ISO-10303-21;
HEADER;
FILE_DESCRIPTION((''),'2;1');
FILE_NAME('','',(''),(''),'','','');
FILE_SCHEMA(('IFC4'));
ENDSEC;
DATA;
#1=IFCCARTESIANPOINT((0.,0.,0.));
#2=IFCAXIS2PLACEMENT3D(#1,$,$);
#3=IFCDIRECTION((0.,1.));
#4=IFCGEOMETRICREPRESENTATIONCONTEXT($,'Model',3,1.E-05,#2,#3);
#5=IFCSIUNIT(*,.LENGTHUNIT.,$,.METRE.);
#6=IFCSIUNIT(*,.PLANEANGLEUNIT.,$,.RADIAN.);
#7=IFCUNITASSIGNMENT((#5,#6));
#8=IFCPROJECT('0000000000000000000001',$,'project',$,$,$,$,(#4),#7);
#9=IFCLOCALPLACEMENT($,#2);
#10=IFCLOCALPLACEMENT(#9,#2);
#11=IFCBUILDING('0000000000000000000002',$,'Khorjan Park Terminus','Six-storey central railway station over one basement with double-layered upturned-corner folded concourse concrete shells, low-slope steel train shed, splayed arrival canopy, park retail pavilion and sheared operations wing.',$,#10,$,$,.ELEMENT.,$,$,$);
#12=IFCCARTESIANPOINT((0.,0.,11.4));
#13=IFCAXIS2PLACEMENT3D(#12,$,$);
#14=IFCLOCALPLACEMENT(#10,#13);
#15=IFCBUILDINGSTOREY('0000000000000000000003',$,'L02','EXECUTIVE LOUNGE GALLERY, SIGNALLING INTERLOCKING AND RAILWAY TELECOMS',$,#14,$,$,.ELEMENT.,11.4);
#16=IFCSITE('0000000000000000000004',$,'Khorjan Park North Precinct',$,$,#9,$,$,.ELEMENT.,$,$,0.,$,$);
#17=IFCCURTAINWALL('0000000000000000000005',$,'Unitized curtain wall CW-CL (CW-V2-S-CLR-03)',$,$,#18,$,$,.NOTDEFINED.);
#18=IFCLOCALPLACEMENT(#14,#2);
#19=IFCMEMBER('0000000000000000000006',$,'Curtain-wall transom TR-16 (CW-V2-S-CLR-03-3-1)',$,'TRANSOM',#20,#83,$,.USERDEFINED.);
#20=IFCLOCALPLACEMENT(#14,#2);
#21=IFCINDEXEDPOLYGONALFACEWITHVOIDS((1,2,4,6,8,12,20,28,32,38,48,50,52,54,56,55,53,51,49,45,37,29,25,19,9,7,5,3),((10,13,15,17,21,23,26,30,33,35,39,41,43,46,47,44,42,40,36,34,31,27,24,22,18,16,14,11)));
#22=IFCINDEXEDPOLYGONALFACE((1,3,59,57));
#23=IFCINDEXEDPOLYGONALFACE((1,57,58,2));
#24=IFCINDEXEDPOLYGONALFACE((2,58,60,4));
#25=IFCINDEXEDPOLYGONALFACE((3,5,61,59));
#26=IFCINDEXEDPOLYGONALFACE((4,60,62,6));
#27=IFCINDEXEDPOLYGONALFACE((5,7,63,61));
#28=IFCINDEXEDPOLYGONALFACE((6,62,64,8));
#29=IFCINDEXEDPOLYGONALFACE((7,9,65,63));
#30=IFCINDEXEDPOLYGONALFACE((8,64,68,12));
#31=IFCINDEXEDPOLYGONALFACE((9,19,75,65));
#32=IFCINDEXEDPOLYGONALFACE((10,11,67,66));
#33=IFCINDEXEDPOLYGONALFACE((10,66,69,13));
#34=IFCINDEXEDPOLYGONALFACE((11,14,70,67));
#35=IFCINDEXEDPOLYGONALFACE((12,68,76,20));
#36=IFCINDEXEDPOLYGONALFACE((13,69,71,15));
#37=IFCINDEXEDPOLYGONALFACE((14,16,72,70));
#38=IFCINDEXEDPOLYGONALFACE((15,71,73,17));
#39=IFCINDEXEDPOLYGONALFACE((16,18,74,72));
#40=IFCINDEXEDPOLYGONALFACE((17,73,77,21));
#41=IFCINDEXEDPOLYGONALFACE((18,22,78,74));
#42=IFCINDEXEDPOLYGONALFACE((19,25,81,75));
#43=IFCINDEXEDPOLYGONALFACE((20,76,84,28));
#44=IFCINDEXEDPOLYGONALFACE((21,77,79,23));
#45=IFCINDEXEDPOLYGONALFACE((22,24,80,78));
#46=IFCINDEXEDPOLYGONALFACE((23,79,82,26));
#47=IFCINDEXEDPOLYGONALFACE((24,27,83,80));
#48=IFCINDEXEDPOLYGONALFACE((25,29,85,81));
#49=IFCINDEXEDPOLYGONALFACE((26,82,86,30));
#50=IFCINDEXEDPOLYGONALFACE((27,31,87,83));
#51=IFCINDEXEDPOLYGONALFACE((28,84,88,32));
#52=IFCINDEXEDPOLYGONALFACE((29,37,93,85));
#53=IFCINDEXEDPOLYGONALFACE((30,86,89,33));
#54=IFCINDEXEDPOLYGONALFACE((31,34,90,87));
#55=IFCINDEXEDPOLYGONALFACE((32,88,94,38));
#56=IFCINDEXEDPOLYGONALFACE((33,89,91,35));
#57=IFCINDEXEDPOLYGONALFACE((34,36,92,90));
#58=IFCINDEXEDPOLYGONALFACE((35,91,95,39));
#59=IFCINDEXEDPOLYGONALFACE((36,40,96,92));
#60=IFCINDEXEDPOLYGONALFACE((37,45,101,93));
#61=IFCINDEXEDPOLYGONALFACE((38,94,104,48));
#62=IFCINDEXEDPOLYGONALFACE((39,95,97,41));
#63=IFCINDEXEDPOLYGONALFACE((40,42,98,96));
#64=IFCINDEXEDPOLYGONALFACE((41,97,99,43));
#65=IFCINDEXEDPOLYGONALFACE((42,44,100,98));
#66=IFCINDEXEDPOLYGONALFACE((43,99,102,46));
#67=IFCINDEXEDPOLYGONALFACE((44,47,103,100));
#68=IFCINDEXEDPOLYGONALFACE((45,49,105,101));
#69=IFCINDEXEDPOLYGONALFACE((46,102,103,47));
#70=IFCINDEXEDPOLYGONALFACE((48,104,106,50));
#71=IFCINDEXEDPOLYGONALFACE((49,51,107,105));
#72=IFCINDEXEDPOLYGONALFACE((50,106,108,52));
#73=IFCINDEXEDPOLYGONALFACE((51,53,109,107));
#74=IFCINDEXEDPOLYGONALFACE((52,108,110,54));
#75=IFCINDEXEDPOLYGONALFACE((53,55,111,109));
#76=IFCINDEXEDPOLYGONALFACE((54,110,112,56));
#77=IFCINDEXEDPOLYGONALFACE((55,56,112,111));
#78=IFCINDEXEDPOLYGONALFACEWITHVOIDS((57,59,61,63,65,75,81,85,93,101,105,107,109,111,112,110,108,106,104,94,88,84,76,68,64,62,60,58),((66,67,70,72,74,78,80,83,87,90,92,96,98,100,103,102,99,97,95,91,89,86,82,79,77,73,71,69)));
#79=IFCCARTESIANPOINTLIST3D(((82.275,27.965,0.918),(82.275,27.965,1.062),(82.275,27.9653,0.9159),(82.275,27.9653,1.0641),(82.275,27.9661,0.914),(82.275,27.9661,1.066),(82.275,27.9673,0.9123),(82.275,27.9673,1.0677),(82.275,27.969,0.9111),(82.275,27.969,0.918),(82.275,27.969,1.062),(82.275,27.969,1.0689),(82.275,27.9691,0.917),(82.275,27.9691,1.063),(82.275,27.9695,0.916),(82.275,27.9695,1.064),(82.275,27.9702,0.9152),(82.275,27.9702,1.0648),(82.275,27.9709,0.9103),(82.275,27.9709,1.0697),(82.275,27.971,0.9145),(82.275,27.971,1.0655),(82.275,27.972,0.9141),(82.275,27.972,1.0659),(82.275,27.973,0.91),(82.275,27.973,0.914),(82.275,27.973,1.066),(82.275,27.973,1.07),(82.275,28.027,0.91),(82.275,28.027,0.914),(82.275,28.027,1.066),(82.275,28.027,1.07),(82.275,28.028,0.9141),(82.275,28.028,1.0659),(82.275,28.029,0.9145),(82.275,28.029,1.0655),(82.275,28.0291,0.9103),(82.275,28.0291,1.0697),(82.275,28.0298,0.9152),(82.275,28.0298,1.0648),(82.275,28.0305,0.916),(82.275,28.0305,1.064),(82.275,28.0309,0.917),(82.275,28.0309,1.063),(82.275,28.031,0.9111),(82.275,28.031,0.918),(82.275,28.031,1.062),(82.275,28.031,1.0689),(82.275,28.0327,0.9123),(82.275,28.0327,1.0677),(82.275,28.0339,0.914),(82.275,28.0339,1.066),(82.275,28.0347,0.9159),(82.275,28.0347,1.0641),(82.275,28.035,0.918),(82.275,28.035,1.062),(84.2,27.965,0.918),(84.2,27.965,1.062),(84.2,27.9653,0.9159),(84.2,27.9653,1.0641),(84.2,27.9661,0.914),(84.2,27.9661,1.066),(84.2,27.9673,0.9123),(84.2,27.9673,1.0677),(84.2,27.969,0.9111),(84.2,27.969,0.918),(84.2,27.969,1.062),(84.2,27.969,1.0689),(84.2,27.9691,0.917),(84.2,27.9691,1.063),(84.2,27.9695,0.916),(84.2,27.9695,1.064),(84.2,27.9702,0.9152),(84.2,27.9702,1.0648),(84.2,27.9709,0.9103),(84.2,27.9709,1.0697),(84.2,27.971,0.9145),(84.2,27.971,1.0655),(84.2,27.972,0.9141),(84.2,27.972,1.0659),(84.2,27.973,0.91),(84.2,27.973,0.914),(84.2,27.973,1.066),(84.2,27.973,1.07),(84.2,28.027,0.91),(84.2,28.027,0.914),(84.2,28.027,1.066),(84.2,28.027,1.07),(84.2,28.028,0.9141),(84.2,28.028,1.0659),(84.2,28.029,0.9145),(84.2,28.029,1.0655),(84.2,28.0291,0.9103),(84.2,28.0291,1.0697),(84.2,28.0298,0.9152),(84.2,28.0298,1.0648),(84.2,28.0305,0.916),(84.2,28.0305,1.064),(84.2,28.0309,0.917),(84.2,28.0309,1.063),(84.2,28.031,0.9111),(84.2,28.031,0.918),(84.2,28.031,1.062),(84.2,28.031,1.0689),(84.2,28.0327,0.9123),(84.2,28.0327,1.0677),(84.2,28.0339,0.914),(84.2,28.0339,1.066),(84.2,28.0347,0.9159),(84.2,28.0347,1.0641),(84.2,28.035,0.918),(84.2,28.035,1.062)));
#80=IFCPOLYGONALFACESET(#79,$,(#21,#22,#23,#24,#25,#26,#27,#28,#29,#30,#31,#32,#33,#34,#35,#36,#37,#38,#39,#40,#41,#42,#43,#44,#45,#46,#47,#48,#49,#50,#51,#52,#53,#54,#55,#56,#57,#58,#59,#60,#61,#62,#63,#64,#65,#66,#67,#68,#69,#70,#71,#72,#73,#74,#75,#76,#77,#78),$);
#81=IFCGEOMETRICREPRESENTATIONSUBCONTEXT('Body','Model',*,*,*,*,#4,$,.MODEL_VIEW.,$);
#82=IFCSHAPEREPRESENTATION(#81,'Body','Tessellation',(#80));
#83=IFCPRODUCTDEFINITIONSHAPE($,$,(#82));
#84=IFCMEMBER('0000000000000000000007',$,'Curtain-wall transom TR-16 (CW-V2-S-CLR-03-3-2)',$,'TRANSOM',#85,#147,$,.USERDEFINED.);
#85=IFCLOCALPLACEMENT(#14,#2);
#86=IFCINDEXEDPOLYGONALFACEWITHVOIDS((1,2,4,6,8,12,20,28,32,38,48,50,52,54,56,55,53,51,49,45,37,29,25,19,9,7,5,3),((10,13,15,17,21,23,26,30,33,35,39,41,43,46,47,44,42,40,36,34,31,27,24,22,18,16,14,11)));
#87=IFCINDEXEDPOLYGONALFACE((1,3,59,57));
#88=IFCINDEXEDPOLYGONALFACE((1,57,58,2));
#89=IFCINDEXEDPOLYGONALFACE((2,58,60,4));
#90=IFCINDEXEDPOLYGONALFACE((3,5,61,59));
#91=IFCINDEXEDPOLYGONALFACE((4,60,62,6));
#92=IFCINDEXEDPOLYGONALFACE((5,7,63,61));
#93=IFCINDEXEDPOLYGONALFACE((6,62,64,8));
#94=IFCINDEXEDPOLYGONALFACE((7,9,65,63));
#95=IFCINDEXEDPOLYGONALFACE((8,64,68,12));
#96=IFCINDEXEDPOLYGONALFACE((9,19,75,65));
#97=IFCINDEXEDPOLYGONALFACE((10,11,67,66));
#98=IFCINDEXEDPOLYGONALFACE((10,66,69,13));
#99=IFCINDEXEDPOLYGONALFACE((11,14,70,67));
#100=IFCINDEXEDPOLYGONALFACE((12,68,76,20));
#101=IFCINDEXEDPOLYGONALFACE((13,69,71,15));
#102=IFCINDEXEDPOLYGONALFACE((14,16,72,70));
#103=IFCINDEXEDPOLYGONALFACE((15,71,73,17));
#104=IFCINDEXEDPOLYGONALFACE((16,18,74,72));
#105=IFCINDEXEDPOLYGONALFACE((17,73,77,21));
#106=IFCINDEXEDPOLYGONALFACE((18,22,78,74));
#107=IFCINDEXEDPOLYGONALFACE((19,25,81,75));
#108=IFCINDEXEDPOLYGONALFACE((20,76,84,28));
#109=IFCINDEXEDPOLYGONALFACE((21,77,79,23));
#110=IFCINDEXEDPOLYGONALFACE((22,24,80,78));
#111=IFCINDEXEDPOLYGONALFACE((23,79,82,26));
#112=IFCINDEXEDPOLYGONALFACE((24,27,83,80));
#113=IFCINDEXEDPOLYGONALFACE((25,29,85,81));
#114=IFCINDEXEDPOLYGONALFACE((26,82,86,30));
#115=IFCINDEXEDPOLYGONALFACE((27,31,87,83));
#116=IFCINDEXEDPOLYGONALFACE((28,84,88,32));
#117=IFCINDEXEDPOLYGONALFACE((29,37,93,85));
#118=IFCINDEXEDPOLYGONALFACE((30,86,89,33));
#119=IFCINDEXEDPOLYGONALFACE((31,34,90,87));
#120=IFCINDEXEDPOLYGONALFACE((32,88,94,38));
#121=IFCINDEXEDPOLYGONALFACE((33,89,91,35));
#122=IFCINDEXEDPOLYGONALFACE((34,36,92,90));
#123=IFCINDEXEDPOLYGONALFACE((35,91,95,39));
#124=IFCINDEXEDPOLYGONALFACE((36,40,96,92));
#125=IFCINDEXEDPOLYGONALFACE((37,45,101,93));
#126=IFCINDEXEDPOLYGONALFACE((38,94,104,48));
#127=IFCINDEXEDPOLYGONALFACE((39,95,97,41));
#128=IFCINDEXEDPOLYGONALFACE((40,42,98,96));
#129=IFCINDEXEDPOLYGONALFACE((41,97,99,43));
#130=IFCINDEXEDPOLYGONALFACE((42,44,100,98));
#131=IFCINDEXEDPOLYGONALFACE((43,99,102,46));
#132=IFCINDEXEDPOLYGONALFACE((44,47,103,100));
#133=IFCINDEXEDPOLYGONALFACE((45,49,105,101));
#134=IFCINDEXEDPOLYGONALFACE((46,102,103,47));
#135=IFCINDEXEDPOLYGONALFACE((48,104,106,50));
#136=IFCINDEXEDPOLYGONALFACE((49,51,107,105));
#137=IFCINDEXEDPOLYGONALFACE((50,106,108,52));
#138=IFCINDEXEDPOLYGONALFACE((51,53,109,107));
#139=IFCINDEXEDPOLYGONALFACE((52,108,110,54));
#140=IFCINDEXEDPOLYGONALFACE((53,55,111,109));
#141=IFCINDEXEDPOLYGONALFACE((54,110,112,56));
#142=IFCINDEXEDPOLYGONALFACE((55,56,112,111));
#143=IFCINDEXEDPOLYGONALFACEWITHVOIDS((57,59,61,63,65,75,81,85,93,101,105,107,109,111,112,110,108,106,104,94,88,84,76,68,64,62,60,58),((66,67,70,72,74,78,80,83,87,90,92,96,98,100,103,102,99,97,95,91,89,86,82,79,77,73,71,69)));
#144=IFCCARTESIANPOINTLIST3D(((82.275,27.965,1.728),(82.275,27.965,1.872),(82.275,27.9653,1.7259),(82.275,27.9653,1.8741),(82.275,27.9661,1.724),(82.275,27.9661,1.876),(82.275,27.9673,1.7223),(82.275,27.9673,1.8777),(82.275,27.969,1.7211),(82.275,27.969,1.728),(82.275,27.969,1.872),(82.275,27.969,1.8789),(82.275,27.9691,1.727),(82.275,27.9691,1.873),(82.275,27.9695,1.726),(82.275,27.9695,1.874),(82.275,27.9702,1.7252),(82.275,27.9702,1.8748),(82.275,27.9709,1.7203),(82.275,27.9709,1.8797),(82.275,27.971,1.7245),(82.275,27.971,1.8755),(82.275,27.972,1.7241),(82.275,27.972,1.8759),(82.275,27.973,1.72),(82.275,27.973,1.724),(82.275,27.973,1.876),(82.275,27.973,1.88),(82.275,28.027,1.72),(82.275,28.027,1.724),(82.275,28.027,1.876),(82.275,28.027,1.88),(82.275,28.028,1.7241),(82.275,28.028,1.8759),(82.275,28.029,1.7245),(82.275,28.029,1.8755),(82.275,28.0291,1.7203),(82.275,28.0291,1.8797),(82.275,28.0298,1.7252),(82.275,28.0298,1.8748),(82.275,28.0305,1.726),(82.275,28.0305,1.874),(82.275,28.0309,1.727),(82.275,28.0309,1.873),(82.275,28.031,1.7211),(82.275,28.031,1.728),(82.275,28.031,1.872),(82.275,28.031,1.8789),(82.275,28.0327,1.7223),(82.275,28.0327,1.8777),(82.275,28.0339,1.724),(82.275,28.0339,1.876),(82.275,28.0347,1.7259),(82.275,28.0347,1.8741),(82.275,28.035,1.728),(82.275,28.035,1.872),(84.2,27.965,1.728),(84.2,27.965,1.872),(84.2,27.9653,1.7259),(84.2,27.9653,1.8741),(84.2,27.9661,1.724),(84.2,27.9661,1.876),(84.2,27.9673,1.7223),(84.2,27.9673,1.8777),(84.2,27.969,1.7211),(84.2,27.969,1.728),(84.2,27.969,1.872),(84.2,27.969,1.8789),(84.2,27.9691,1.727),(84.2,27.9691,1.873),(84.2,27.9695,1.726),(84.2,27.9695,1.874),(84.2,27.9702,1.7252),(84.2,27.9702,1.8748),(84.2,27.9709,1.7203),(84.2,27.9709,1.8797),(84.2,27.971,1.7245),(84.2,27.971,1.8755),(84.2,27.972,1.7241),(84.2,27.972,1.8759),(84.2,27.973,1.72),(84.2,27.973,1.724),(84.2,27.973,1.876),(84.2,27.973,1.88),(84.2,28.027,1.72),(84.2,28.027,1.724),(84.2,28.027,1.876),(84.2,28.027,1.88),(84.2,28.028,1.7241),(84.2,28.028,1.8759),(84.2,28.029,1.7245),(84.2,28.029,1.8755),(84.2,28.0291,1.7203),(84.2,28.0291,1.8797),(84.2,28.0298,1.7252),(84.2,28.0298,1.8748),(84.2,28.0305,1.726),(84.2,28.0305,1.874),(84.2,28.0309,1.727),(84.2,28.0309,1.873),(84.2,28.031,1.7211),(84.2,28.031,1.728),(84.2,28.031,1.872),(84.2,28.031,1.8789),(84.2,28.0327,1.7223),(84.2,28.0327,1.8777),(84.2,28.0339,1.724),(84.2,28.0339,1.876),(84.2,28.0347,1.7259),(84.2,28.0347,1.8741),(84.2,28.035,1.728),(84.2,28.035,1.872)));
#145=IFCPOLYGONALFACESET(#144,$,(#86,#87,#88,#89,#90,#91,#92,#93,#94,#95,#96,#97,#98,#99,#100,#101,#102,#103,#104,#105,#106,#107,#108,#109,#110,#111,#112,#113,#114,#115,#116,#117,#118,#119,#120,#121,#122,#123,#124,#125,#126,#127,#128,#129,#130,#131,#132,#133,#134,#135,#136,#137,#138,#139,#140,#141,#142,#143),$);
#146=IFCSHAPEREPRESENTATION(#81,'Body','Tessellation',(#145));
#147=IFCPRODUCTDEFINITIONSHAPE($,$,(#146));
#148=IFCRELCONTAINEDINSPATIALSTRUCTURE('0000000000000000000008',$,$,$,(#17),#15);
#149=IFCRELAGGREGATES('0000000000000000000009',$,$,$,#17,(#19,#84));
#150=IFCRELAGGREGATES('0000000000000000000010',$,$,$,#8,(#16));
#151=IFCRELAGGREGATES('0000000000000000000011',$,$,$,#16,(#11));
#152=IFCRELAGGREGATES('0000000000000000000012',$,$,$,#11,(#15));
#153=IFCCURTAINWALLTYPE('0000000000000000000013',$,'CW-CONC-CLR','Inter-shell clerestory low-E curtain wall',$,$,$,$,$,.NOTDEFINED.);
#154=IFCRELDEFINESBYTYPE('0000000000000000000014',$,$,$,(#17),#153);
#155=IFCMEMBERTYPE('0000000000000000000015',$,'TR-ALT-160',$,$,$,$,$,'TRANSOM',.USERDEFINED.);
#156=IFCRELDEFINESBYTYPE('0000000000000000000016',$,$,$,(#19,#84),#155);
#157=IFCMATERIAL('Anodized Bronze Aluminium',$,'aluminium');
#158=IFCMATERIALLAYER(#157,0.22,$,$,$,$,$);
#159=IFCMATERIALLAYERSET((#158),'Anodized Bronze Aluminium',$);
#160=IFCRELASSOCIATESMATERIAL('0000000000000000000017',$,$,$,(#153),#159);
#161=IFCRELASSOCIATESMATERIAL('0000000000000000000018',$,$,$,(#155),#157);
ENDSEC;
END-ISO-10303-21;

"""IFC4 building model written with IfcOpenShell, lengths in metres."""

from ifc_helpers import new_model, si_unit, direction, frame, origin, origin_2d, place, context, subcontext, project, spatial, hollow_rectangle, extrude, material, layer, layer_set, material_profile, profile_set, type_object, element, aggregate, save


model = new_model("IFC4")

# Units and contexts
model_context = context("Model", 3, precision=1e-05, world=origin(), true_north=direction((0.0, 1.0)))
body_context = subcontext(model_context, "Body", "Model", "MODEL_VIEW")
ifc_project = project(units=[si_unit("LENGTHUNIT", "METRE"), si_unit("PLANEANGLEUNIT", "RADIAN")], contexts=[model_context])

# Site, building, storey
site_placement = place(None, origin())
site = spatial("IfcSite", under=ifc_project, at=site_placement, Name="Khorjan Park North Precinct", CompositionType="ELEMENT", RefElevation=0.0)
building_placement = place(site_placement, origin())
building = spatial("IfcBuilding", under=site, at=building_placement, Name="Khorjan Park Terminus", Description="Six-storey central railway station over one basement with double-layered upturned-corner folded concourse concrete shells, low-slope steel train shed, splayed arrival canopy, park retail pavilion and sheared operations wing.", CompositionType="ELEMENT")
storey_placement = place(building_placement, frame((0.0, 0.0, 11.4)))
storey = spatial("IfcBuildingStorey", under=building, at=storey_placement, Name="L02", Description="EXECUTIVE LOUNGE GALLERY, SIGNALLING INTERLOCKING AND RAILWAY TELECOMS", CompositionType="ELEMENT", Elevation=11.4)

# Curtain wall
ifc_material_1 = material(Name="Anodized Bronze Aluminium", Category="aluminium")
ifc_layer_1 = layer(ifc_material_1, 0.22)
ifc_layer_set_1 = layer_set([ifc_layer_1], Name="Anodized Bronze Aluminium")
curtain_wall_type = type_object("IfcCurtainWallType", Name="CW-CONC-CLR", Description="Inter-shell clerestory low-E curtain wall", PredefinedType="NOTDEFINED", material=ifc_layer_set_1)
curtain_wall_1_placement = place(storey_placement, origin())
curtain_wall_1 = element("IfcCurtainWall", 1, at=curtain_wall_1_placement, inside=storey, type_object=curtain_wall_type, Name="Unitized curtain wall CW-CL (CW-V2-S-CLR-03)", PredefinedType="NOTDEFINED")

# Members
ifc_material_profile_1 = material_profile(ifc_material_1, hollow_rectangle(XDim=0.07, YDim=0.16, WallThickness=0.004, InnerFilletRadius=0.004, OuterFilletRadius=0.008, at=origin_2d()), Name="ALT 70x160x4")
ifc_profile_set_1 = profile_set([ifc_material_profile_1], Name="Anodized Bronze Aluminium")
member_type_1 = type_object("IfcMemberType", Name="TR-ALT-160", ElementType="TRANSOM", PredefinedType="USERDEFINED", material=ifc_profile_set_1)
member_1_placement = place(storey_placement, frame((82.275, 28.0, 0.99), z_axis=(1.0, 0.0, 0.0), x_axis=(0.0, 1.0, 0.0)))
member_1 = element("IfcMember", 2, at=member_1_placement, type_object=member_type_1, Name="Curtain-wall transom TR-16 (CW-V2-S-CLR-03-3-1)", ObjectType="TRANSOM", PredefinedType="USERDEFINED", context=body_context, shape_type="SweptSolid", body=[
    extrude(hollow_rectangle(XDim=0.07, YDim=0.16, WallThickness=0.004, InnerFilletRadius=0.004, OuterFilletRadius=0.008, at=origin_2d()), origin(), (0.0, 0.0, 1.0), 1.925),
])
member_2_placement = place(storey_placement, frame((82.275, 28.0, 1.8), z_axis=(1.0, 0.0, 0.0), x_axis=(0.0, 1.0, 0.0)))
member_2 = element("IfcMember", 3, at=member_2_placement, type_object=member_type_1, Name="Curtain-wall transom TR-16 (CW-V2-S-CLR-03-3-2)", ObjectType="TRANSOM", PredefinedType="USERDEFINED", context=body_context, shape_type="SweptSolid", body=[
    extrude(hollow_rectangle(XDim=0.07, YDim=0.16, WallThickness=0.004, InnerFilletRadius=0.004, OuterFilletRadius=0.008, at=origin_2d()), origin(), (0.0, 0.0, 1.0), 1.925),
])

aggregate(curtain_wall_1, [member_1, member_2])

save(model, "model.ifc")
